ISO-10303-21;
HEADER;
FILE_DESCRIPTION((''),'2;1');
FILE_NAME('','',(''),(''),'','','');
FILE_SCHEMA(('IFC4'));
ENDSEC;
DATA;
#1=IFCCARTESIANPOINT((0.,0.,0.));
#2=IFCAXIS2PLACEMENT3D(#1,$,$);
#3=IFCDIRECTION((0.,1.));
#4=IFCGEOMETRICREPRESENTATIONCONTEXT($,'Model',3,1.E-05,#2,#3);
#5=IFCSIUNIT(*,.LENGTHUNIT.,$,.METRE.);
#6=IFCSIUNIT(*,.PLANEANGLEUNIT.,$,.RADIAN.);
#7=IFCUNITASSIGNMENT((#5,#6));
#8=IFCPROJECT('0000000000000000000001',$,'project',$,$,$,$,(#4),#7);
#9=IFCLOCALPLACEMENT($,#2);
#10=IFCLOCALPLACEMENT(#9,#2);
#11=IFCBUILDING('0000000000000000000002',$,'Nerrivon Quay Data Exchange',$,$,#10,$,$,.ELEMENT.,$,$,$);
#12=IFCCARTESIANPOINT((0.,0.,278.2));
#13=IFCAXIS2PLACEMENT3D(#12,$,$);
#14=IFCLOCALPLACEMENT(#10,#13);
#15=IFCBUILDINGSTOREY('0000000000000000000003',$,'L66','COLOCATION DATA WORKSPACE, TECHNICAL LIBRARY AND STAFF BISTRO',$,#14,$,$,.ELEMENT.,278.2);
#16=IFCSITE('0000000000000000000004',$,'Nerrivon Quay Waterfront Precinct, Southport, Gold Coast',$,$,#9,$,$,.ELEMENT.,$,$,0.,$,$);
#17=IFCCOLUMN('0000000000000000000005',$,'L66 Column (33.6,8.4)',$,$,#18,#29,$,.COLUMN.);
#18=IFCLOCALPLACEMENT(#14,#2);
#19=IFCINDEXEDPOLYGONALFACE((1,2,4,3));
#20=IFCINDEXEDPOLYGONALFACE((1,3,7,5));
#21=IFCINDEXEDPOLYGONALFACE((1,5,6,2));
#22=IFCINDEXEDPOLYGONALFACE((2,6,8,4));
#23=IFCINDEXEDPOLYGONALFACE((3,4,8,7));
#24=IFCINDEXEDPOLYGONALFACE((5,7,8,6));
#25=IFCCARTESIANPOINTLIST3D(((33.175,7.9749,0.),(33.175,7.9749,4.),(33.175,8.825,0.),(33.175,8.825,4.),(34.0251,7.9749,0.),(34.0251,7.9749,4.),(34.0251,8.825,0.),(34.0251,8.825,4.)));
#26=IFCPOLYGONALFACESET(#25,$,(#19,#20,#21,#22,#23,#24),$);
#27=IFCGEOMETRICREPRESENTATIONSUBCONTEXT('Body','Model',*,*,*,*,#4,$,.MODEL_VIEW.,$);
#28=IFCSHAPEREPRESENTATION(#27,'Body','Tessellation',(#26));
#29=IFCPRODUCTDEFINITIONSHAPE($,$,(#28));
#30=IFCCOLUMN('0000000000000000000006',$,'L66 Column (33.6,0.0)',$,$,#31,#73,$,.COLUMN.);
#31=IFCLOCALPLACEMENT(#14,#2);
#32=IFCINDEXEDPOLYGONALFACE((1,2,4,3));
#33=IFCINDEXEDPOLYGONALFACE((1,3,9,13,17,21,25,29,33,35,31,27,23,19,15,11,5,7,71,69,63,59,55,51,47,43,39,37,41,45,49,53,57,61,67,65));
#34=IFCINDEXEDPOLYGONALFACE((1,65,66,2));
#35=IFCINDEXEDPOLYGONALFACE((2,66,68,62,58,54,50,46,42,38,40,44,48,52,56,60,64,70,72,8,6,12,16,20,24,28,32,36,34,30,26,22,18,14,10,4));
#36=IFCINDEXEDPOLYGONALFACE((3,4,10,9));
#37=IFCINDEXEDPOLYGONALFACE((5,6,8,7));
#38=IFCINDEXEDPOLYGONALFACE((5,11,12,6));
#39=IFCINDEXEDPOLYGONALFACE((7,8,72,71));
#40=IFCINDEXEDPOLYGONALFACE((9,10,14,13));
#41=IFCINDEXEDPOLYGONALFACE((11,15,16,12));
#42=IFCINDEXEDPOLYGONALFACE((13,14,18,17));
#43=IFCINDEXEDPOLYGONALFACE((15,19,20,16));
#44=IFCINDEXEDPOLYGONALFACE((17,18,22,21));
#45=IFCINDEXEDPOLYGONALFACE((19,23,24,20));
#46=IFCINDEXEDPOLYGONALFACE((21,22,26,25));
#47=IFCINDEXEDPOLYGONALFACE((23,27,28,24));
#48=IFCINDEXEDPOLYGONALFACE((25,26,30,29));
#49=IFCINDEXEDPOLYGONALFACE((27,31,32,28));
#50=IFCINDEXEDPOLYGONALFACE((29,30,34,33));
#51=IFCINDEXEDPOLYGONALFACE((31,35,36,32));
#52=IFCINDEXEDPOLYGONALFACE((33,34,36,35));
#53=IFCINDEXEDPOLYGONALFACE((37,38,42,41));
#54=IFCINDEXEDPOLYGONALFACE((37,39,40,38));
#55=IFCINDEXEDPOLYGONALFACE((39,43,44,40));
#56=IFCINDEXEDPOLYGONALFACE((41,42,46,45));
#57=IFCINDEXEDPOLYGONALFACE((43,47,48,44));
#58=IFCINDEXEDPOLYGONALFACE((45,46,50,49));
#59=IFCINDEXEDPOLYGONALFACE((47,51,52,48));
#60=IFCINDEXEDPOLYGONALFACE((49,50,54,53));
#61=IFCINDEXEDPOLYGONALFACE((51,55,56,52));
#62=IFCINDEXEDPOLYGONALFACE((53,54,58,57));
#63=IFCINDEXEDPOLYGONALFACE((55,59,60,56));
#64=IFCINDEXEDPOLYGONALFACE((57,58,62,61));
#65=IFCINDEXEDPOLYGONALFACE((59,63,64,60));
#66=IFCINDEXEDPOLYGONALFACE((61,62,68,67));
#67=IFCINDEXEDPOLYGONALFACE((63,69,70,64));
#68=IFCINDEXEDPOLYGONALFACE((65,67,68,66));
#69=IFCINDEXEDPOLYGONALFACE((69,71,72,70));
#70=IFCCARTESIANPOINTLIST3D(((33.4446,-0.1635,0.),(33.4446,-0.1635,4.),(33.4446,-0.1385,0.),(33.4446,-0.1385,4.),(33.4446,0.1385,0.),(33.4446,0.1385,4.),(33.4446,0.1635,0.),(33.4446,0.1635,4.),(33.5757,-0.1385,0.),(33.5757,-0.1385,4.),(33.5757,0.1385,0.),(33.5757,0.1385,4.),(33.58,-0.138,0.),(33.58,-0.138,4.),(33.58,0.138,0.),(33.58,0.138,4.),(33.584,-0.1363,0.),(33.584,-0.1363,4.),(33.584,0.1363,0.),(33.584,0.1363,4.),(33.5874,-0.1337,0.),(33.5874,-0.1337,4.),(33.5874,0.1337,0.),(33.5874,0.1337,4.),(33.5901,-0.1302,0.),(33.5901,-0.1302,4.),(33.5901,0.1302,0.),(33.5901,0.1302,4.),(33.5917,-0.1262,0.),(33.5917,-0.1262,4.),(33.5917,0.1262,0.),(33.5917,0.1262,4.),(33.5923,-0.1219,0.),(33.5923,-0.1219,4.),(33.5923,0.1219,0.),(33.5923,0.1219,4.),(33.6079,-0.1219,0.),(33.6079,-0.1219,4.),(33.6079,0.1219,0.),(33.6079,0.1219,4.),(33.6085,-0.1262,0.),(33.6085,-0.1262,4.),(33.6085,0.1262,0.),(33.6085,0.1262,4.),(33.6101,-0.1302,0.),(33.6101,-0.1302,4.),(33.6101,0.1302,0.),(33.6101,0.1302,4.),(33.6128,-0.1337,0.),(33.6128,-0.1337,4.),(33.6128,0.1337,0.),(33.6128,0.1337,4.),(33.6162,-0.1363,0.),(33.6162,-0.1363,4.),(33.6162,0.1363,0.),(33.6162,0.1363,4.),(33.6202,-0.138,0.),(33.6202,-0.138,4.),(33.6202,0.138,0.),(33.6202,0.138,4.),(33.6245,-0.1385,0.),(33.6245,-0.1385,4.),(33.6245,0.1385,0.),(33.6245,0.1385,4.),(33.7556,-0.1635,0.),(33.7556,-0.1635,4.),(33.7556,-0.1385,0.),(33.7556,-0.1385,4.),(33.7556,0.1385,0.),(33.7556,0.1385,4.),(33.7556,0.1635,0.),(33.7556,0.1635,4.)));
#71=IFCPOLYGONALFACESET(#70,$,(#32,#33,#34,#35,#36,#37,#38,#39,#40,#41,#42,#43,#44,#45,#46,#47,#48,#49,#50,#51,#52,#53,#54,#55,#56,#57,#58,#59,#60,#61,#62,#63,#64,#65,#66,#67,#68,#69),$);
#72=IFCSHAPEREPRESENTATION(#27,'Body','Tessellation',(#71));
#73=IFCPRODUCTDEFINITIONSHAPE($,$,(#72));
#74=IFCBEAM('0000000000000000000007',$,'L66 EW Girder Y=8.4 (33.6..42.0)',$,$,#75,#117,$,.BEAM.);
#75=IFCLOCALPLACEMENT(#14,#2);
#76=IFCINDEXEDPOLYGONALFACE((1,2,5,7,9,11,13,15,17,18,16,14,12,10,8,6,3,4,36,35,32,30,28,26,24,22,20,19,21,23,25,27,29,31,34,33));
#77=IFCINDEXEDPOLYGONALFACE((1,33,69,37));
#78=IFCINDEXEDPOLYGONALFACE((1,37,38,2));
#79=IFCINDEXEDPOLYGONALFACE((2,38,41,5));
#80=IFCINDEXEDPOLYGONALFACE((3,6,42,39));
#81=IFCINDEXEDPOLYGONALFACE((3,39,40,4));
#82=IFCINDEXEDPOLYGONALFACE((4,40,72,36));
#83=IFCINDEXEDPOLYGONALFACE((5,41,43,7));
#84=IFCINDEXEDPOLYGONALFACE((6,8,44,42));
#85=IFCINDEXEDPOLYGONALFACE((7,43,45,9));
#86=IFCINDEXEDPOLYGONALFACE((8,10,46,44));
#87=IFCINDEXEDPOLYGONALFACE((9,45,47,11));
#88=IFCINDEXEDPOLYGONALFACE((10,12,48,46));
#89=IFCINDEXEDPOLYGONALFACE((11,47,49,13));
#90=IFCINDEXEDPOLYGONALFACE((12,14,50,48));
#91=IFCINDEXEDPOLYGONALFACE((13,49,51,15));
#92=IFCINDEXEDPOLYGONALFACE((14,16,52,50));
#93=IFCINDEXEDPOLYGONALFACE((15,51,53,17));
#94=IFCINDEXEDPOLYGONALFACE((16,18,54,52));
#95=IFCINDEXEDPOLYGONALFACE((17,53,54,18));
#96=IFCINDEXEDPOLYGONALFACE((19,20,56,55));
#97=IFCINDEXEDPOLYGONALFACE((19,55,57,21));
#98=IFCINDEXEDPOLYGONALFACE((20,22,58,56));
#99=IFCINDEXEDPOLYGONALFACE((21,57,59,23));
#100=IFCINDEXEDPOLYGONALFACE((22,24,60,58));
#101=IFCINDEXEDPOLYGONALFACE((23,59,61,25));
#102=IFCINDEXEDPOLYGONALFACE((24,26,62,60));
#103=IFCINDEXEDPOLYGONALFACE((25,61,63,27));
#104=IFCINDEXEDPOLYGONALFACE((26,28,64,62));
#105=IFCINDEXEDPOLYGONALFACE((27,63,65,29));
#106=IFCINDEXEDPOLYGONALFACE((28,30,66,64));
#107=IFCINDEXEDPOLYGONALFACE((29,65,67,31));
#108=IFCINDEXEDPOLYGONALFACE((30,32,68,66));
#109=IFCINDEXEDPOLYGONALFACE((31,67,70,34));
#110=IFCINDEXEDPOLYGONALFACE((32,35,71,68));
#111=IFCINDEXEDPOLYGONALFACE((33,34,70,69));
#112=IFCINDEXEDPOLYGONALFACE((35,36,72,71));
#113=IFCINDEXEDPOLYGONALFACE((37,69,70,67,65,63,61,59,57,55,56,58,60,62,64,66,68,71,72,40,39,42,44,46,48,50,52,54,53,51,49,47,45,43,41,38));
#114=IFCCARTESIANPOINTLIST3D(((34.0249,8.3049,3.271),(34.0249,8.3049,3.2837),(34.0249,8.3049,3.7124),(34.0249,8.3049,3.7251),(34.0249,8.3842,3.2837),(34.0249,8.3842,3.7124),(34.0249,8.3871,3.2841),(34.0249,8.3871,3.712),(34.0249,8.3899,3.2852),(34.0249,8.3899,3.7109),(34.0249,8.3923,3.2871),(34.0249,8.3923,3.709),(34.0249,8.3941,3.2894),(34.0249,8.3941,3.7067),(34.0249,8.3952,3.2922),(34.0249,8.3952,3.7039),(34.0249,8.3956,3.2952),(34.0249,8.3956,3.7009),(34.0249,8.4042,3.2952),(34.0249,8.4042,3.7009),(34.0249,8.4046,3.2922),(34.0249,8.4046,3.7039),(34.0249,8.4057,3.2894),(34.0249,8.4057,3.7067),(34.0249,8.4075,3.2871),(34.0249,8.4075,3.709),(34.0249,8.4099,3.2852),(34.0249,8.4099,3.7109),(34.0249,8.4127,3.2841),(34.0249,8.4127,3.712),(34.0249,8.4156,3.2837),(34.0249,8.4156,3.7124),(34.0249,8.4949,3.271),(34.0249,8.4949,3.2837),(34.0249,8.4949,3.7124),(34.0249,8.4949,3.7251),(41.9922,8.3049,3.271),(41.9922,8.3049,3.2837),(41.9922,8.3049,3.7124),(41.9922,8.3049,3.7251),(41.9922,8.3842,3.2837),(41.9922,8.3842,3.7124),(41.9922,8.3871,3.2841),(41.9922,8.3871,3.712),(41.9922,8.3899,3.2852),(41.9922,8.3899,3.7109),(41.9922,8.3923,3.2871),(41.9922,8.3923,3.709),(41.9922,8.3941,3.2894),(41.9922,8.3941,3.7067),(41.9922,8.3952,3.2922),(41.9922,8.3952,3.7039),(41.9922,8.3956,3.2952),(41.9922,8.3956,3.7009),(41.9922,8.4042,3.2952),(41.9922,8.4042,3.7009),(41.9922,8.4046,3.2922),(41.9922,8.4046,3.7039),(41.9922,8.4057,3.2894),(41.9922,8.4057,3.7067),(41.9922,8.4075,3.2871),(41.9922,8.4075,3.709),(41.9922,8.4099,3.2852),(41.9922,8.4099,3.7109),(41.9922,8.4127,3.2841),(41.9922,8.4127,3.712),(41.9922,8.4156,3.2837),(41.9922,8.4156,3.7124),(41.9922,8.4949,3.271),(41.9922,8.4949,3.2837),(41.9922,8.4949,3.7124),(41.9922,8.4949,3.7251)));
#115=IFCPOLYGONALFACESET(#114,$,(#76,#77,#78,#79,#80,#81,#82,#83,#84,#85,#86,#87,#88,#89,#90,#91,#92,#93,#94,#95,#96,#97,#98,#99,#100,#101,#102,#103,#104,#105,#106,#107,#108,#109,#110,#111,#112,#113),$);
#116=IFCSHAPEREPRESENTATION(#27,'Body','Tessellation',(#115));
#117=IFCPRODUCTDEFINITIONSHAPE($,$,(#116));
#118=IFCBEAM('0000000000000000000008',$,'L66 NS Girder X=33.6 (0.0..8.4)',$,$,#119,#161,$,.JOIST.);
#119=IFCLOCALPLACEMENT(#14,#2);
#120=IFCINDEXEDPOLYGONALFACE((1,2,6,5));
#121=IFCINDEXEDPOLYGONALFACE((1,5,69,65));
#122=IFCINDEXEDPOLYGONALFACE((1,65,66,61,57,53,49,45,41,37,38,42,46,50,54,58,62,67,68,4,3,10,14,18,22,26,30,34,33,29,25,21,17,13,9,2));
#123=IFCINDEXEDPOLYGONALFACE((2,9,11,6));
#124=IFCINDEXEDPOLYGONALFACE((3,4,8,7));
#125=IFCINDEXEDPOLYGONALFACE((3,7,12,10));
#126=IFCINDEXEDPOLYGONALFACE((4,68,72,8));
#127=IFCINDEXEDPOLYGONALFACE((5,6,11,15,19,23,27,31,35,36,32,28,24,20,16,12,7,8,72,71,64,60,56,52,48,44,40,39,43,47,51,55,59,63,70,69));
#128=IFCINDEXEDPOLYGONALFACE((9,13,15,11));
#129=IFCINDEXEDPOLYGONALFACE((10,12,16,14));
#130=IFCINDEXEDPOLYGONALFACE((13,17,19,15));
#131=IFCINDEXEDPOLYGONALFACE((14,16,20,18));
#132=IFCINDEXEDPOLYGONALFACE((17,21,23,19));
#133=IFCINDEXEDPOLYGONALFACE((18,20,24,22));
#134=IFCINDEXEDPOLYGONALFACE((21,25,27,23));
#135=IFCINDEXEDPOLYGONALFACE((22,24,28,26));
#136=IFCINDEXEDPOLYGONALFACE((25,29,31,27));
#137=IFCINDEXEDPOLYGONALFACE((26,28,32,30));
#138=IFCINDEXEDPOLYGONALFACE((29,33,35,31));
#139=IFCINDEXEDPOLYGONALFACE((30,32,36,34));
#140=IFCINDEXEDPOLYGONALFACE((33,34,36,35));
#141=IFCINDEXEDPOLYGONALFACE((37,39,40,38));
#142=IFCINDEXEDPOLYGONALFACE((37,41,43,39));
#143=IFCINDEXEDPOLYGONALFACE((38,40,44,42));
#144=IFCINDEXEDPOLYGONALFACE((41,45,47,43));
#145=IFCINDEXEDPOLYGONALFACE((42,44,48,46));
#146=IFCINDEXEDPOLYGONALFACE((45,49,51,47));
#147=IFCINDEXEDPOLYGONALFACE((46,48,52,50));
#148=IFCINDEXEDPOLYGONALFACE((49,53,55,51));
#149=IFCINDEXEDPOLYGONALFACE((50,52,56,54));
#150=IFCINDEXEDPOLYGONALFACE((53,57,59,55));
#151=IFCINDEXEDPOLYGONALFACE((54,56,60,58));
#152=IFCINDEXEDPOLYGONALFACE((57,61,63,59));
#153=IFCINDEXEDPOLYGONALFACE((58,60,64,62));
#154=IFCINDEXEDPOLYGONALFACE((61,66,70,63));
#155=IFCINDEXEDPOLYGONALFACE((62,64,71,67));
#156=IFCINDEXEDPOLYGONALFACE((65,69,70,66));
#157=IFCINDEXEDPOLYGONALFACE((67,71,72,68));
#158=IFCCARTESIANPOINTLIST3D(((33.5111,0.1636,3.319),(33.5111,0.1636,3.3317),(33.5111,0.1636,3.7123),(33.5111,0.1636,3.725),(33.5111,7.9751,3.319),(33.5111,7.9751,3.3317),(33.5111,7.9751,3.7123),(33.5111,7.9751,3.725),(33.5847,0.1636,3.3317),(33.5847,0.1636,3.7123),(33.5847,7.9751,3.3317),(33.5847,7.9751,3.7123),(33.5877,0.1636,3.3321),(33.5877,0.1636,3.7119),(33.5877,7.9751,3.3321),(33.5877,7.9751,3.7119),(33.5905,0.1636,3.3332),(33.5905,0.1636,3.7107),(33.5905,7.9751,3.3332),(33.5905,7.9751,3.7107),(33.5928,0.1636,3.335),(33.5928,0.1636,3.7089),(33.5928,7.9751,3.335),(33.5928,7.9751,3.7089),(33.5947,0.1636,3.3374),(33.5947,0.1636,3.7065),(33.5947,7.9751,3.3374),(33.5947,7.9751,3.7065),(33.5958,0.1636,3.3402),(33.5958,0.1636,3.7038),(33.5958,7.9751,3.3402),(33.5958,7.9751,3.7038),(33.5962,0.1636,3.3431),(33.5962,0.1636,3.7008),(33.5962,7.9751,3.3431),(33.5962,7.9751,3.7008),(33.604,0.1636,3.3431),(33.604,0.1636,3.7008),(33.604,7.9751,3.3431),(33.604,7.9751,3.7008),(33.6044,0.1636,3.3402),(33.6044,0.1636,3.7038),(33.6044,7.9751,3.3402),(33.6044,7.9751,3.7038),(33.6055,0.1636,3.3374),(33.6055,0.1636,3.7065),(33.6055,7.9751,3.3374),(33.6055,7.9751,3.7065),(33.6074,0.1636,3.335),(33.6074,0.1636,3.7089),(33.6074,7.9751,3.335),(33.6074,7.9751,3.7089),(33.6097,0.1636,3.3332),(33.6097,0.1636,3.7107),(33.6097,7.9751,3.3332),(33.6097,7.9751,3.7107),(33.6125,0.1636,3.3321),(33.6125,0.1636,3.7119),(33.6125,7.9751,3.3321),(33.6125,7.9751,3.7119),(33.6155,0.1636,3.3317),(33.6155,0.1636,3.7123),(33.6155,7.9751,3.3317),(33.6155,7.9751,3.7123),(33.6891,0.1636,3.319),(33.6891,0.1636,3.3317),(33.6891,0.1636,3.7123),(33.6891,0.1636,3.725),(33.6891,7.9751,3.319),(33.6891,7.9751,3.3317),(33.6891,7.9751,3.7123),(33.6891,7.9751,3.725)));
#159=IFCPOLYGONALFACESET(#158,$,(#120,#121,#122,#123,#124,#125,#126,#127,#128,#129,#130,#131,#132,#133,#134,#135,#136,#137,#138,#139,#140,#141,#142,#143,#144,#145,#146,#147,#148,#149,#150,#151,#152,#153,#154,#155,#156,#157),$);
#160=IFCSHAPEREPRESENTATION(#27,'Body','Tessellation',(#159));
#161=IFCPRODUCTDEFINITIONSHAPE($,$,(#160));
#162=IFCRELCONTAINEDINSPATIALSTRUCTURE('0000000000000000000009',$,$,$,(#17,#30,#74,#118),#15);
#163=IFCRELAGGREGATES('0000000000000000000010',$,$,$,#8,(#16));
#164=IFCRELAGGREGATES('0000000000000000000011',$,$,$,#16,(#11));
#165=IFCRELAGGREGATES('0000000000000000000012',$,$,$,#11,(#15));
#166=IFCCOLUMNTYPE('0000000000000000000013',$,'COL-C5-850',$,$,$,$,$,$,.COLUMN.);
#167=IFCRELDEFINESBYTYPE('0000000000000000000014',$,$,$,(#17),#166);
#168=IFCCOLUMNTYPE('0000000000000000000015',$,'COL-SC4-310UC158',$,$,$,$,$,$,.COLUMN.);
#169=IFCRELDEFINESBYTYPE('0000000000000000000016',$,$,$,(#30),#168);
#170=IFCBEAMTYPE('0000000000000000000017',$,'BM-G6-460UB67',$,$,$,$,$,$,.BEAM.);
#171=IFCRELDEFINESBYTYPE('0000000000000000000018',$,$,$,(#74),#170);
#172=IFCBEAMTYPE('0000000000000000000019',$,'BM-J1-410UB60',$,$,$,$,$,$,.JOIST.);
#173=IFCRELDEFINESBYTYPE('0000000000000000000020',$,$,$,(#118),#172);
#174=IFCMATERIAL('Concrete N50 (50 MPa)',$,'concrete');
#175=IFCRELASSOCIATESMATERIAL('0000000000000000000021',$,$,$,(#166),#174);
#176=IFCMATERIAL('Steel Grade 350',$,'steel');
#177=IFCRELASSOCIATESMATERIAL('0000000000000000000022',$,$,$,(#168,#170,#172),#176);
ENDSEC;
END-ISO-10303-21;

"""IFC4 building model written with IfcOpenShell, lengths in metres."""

from ifc_helpers import new_model, si_unit, direction, frame, origin, origin_2d, place, context, subcontext, project, spatial, rectangle, i_section, extrude, material, material_profile, profile_set, type_object, element, save


model = new_model("IFC4")

# Units and contexts
model_context = context("Model", 3, precision=1e-05, world=origin(), true_north=direction((0.0, 1.0)))
body_context = subcontext(model_context, "Body", "Model", "MODEL_VIEW")
ifc_project = project(units=[si_unit("LENGTHUNIT", "METRE"), si_unit("PLANEANGLEUNIT", "RADIAN")], contexts=[model_context])

# Site, building, storey
site_placement = place(None, origin())
site = spatial("IfcSite", under=ifc_project, at=site_placement, Name="Nerrivon Quay Waterfront Precinct, Southport, Gold Coast", CompositionType="ELEMENT", RefElevation=0.0)
building_placement = place(site_placement, origin())
building = spatial("IfcBuilding", under=site, at=building_placement, Name="Nerrivon Quay Data Exchange", CompositionType="ELEMENT")
storey_placement = place(building_placement, frame((0.0, 0.0, 278.2)))
storey = spatial("IfcBuildingStorey", under=building, at=storey_placement, Name="L66", Description="COLOCATION DATA WORKSPACE, TECHNICAL LIBRARY AND STAFF BISTRO", CompositionType="ELEMENT", Elevation=278.2)

# Columns
ifc_material_1 = material(Name="Concrete N50 (50 MPa)", Category="concrete")
ifc_material_profile_1 = material_profile(ifc_material_1, rectangle(XDim=0.8501, YDim=0.8501, at=origin_2d()), Name="RC-COL-850x850")
ifc_profile_set_1 = profile_set([ifc_material_profile_1], Name="Concrete N50 (50 MPa)")
column_type_1 = type_object("IfcColumnType", Name="COL-C5-850", PredefinedType="COLUMN", material=ifc_profile_set_1)
column_1_placement = place(storey_placement, frame((33.6001, 8.3999, 0.0), z_axis=(0.0, 0.0, 1.0), x_axis=(1.0, 0.0, 0.0)))
element("IfcColumn", 1, at=column_1_placement, inside=storey, type_object=column_type_1, Name="L66 Column (33.6,8.4)", PredefinedType="COLUMN", context=body_context, shape_type="SweptSolid", body=[
    extrude(rectangle(XDim=0.8501, YDim=0.8501, at=origin_2d()), origin(), (0.0, 0.0, 1.0), 4.0),
])
ifc_material_2 = material(Name="Steel Grade 350", Category="steel")
ifc_material_profile_2 = material_profile(ifc_material_2, i_section(OverallWidth=0.311, OverallDepth=0.3269, WebThickness=0.0156, FlangeThickness=0.0249, FilletRadius=0.0166, at=origin_2d()), Name="310UC158")
ifc_profile_set_2 = profile_set([ifc_material_profile_2], Name="Steel Grade 350")
column_type_2 = type_object("IfcColumnType", Name="COL-SC4-310UC158", PredefinedType="COLUMN", material=ifc_profile_set_2)
column_2_placement = place(storey_placement, frame((33.6001, 0.0, 0.0), z_axis=(0.0, 0.0, 1.0), x_axis=(1.0, 0.0, 0.0)))
element("IfcColumn", 2, at=column_2_placement, inside=storey, type_object=column_type_2, Name="L66 Column (33.6,0.0)", PredefinedType="COLUMN", context=body_context, shape_type="SweptSolid", body=[
    extrude(i_section(OverallWidth=0.311, OverallDepth=0.3269, WebThickness=0.0156, FlangeThickness=0.0249, FilletRadius=0.0166, at=origin_2d()), origin(), (0.0, 0.0, 1.0), 4.0),
])

# Beams
ifc_material_profile_3 = material_profile(ifc_material_2, i_section(OverallWidth=0.1899, OverallDepth=0.4541, WebThickness=0.0085, FlangeThickness=0.0127, FilletRadius=0.0115, at=origin_2d()), Name="460UB67.1")
ifc_profile_set_3 = profile_set([ifc_material_profile_3], Name="Steel Grade 350")
beam_type_1 = type_object("IfcBeamType", Name="BM-G6-460UB67", PredefinedType="BEAM", material=ifc_profile_set_3)
beam_1_placement = place(storey_placement, frame((34.0249, 8.3999, 3.498), z_axis=(1.0, 0.0, 0.0), x_axis=(0.0, 1.0, 0.0)))
element("IfcBeam", 3, at=beam_1_placement, inside=storey, type_object=beam_type_1, Name="L66 EW Girder Y=8.4 (33.6..42.0)", PredefinedType="BEAM", context=body_context, shape_type="SweptSolid", body=[
    extrude(i_section(OverallWidth=0.1899, OverallDepth=0.4541, WebThickness=0.0085, FlangeThickness=0.0127, FilletRadius=0.0115, at=origin_2d()), origin(), (0.0, 0.0, 1.0), 7.9673),
])
ifc_material_profile_4 = material_profile(ifc_material_2, i_section(OverallWidth=0.178, OverallDepth=0.406, WebThickness=0.0078, FlangeThickness=0.0127, FilletRadius=0.0115, at=origin_2d()), Name="410UB59.7")
ifc_profile_set_4 = profile_set([ifc_material_profile_4], Name="Steel Grade 350")
beam_type_2 = type_object("IfcBeamType", Name="BM-J1-410UB60", PredefinedType="JOIST", material=ifc_profile_set_4)
beam_2_placement = place(storey_placement, frame((33.6001, 0.1636, 3.522), z_axis=(0.0, 1.0, 0.0), x_axis=(-1.0, 0.0, 0.0)))
element("IfcBeam", 4, at=beam_2_placement, inside=storey, type_object=beam_type_2, Name="L66 NS Girder X=33.6 (0.0..8.4)", PredefinedType="JOIST", context=body_context, shape_type="SweptSolid", body=[
    extrude(i_section(OverallWidth=0.178, OverallDepth=0.406, WebThickness=0.0078, FlangeThickness=0.0127, FilletRadius=0.0115, at=origin_2d()), origin(), (0.0, 0.0, 1.0), 7.8115),
])

save(model, "model.ifc")
